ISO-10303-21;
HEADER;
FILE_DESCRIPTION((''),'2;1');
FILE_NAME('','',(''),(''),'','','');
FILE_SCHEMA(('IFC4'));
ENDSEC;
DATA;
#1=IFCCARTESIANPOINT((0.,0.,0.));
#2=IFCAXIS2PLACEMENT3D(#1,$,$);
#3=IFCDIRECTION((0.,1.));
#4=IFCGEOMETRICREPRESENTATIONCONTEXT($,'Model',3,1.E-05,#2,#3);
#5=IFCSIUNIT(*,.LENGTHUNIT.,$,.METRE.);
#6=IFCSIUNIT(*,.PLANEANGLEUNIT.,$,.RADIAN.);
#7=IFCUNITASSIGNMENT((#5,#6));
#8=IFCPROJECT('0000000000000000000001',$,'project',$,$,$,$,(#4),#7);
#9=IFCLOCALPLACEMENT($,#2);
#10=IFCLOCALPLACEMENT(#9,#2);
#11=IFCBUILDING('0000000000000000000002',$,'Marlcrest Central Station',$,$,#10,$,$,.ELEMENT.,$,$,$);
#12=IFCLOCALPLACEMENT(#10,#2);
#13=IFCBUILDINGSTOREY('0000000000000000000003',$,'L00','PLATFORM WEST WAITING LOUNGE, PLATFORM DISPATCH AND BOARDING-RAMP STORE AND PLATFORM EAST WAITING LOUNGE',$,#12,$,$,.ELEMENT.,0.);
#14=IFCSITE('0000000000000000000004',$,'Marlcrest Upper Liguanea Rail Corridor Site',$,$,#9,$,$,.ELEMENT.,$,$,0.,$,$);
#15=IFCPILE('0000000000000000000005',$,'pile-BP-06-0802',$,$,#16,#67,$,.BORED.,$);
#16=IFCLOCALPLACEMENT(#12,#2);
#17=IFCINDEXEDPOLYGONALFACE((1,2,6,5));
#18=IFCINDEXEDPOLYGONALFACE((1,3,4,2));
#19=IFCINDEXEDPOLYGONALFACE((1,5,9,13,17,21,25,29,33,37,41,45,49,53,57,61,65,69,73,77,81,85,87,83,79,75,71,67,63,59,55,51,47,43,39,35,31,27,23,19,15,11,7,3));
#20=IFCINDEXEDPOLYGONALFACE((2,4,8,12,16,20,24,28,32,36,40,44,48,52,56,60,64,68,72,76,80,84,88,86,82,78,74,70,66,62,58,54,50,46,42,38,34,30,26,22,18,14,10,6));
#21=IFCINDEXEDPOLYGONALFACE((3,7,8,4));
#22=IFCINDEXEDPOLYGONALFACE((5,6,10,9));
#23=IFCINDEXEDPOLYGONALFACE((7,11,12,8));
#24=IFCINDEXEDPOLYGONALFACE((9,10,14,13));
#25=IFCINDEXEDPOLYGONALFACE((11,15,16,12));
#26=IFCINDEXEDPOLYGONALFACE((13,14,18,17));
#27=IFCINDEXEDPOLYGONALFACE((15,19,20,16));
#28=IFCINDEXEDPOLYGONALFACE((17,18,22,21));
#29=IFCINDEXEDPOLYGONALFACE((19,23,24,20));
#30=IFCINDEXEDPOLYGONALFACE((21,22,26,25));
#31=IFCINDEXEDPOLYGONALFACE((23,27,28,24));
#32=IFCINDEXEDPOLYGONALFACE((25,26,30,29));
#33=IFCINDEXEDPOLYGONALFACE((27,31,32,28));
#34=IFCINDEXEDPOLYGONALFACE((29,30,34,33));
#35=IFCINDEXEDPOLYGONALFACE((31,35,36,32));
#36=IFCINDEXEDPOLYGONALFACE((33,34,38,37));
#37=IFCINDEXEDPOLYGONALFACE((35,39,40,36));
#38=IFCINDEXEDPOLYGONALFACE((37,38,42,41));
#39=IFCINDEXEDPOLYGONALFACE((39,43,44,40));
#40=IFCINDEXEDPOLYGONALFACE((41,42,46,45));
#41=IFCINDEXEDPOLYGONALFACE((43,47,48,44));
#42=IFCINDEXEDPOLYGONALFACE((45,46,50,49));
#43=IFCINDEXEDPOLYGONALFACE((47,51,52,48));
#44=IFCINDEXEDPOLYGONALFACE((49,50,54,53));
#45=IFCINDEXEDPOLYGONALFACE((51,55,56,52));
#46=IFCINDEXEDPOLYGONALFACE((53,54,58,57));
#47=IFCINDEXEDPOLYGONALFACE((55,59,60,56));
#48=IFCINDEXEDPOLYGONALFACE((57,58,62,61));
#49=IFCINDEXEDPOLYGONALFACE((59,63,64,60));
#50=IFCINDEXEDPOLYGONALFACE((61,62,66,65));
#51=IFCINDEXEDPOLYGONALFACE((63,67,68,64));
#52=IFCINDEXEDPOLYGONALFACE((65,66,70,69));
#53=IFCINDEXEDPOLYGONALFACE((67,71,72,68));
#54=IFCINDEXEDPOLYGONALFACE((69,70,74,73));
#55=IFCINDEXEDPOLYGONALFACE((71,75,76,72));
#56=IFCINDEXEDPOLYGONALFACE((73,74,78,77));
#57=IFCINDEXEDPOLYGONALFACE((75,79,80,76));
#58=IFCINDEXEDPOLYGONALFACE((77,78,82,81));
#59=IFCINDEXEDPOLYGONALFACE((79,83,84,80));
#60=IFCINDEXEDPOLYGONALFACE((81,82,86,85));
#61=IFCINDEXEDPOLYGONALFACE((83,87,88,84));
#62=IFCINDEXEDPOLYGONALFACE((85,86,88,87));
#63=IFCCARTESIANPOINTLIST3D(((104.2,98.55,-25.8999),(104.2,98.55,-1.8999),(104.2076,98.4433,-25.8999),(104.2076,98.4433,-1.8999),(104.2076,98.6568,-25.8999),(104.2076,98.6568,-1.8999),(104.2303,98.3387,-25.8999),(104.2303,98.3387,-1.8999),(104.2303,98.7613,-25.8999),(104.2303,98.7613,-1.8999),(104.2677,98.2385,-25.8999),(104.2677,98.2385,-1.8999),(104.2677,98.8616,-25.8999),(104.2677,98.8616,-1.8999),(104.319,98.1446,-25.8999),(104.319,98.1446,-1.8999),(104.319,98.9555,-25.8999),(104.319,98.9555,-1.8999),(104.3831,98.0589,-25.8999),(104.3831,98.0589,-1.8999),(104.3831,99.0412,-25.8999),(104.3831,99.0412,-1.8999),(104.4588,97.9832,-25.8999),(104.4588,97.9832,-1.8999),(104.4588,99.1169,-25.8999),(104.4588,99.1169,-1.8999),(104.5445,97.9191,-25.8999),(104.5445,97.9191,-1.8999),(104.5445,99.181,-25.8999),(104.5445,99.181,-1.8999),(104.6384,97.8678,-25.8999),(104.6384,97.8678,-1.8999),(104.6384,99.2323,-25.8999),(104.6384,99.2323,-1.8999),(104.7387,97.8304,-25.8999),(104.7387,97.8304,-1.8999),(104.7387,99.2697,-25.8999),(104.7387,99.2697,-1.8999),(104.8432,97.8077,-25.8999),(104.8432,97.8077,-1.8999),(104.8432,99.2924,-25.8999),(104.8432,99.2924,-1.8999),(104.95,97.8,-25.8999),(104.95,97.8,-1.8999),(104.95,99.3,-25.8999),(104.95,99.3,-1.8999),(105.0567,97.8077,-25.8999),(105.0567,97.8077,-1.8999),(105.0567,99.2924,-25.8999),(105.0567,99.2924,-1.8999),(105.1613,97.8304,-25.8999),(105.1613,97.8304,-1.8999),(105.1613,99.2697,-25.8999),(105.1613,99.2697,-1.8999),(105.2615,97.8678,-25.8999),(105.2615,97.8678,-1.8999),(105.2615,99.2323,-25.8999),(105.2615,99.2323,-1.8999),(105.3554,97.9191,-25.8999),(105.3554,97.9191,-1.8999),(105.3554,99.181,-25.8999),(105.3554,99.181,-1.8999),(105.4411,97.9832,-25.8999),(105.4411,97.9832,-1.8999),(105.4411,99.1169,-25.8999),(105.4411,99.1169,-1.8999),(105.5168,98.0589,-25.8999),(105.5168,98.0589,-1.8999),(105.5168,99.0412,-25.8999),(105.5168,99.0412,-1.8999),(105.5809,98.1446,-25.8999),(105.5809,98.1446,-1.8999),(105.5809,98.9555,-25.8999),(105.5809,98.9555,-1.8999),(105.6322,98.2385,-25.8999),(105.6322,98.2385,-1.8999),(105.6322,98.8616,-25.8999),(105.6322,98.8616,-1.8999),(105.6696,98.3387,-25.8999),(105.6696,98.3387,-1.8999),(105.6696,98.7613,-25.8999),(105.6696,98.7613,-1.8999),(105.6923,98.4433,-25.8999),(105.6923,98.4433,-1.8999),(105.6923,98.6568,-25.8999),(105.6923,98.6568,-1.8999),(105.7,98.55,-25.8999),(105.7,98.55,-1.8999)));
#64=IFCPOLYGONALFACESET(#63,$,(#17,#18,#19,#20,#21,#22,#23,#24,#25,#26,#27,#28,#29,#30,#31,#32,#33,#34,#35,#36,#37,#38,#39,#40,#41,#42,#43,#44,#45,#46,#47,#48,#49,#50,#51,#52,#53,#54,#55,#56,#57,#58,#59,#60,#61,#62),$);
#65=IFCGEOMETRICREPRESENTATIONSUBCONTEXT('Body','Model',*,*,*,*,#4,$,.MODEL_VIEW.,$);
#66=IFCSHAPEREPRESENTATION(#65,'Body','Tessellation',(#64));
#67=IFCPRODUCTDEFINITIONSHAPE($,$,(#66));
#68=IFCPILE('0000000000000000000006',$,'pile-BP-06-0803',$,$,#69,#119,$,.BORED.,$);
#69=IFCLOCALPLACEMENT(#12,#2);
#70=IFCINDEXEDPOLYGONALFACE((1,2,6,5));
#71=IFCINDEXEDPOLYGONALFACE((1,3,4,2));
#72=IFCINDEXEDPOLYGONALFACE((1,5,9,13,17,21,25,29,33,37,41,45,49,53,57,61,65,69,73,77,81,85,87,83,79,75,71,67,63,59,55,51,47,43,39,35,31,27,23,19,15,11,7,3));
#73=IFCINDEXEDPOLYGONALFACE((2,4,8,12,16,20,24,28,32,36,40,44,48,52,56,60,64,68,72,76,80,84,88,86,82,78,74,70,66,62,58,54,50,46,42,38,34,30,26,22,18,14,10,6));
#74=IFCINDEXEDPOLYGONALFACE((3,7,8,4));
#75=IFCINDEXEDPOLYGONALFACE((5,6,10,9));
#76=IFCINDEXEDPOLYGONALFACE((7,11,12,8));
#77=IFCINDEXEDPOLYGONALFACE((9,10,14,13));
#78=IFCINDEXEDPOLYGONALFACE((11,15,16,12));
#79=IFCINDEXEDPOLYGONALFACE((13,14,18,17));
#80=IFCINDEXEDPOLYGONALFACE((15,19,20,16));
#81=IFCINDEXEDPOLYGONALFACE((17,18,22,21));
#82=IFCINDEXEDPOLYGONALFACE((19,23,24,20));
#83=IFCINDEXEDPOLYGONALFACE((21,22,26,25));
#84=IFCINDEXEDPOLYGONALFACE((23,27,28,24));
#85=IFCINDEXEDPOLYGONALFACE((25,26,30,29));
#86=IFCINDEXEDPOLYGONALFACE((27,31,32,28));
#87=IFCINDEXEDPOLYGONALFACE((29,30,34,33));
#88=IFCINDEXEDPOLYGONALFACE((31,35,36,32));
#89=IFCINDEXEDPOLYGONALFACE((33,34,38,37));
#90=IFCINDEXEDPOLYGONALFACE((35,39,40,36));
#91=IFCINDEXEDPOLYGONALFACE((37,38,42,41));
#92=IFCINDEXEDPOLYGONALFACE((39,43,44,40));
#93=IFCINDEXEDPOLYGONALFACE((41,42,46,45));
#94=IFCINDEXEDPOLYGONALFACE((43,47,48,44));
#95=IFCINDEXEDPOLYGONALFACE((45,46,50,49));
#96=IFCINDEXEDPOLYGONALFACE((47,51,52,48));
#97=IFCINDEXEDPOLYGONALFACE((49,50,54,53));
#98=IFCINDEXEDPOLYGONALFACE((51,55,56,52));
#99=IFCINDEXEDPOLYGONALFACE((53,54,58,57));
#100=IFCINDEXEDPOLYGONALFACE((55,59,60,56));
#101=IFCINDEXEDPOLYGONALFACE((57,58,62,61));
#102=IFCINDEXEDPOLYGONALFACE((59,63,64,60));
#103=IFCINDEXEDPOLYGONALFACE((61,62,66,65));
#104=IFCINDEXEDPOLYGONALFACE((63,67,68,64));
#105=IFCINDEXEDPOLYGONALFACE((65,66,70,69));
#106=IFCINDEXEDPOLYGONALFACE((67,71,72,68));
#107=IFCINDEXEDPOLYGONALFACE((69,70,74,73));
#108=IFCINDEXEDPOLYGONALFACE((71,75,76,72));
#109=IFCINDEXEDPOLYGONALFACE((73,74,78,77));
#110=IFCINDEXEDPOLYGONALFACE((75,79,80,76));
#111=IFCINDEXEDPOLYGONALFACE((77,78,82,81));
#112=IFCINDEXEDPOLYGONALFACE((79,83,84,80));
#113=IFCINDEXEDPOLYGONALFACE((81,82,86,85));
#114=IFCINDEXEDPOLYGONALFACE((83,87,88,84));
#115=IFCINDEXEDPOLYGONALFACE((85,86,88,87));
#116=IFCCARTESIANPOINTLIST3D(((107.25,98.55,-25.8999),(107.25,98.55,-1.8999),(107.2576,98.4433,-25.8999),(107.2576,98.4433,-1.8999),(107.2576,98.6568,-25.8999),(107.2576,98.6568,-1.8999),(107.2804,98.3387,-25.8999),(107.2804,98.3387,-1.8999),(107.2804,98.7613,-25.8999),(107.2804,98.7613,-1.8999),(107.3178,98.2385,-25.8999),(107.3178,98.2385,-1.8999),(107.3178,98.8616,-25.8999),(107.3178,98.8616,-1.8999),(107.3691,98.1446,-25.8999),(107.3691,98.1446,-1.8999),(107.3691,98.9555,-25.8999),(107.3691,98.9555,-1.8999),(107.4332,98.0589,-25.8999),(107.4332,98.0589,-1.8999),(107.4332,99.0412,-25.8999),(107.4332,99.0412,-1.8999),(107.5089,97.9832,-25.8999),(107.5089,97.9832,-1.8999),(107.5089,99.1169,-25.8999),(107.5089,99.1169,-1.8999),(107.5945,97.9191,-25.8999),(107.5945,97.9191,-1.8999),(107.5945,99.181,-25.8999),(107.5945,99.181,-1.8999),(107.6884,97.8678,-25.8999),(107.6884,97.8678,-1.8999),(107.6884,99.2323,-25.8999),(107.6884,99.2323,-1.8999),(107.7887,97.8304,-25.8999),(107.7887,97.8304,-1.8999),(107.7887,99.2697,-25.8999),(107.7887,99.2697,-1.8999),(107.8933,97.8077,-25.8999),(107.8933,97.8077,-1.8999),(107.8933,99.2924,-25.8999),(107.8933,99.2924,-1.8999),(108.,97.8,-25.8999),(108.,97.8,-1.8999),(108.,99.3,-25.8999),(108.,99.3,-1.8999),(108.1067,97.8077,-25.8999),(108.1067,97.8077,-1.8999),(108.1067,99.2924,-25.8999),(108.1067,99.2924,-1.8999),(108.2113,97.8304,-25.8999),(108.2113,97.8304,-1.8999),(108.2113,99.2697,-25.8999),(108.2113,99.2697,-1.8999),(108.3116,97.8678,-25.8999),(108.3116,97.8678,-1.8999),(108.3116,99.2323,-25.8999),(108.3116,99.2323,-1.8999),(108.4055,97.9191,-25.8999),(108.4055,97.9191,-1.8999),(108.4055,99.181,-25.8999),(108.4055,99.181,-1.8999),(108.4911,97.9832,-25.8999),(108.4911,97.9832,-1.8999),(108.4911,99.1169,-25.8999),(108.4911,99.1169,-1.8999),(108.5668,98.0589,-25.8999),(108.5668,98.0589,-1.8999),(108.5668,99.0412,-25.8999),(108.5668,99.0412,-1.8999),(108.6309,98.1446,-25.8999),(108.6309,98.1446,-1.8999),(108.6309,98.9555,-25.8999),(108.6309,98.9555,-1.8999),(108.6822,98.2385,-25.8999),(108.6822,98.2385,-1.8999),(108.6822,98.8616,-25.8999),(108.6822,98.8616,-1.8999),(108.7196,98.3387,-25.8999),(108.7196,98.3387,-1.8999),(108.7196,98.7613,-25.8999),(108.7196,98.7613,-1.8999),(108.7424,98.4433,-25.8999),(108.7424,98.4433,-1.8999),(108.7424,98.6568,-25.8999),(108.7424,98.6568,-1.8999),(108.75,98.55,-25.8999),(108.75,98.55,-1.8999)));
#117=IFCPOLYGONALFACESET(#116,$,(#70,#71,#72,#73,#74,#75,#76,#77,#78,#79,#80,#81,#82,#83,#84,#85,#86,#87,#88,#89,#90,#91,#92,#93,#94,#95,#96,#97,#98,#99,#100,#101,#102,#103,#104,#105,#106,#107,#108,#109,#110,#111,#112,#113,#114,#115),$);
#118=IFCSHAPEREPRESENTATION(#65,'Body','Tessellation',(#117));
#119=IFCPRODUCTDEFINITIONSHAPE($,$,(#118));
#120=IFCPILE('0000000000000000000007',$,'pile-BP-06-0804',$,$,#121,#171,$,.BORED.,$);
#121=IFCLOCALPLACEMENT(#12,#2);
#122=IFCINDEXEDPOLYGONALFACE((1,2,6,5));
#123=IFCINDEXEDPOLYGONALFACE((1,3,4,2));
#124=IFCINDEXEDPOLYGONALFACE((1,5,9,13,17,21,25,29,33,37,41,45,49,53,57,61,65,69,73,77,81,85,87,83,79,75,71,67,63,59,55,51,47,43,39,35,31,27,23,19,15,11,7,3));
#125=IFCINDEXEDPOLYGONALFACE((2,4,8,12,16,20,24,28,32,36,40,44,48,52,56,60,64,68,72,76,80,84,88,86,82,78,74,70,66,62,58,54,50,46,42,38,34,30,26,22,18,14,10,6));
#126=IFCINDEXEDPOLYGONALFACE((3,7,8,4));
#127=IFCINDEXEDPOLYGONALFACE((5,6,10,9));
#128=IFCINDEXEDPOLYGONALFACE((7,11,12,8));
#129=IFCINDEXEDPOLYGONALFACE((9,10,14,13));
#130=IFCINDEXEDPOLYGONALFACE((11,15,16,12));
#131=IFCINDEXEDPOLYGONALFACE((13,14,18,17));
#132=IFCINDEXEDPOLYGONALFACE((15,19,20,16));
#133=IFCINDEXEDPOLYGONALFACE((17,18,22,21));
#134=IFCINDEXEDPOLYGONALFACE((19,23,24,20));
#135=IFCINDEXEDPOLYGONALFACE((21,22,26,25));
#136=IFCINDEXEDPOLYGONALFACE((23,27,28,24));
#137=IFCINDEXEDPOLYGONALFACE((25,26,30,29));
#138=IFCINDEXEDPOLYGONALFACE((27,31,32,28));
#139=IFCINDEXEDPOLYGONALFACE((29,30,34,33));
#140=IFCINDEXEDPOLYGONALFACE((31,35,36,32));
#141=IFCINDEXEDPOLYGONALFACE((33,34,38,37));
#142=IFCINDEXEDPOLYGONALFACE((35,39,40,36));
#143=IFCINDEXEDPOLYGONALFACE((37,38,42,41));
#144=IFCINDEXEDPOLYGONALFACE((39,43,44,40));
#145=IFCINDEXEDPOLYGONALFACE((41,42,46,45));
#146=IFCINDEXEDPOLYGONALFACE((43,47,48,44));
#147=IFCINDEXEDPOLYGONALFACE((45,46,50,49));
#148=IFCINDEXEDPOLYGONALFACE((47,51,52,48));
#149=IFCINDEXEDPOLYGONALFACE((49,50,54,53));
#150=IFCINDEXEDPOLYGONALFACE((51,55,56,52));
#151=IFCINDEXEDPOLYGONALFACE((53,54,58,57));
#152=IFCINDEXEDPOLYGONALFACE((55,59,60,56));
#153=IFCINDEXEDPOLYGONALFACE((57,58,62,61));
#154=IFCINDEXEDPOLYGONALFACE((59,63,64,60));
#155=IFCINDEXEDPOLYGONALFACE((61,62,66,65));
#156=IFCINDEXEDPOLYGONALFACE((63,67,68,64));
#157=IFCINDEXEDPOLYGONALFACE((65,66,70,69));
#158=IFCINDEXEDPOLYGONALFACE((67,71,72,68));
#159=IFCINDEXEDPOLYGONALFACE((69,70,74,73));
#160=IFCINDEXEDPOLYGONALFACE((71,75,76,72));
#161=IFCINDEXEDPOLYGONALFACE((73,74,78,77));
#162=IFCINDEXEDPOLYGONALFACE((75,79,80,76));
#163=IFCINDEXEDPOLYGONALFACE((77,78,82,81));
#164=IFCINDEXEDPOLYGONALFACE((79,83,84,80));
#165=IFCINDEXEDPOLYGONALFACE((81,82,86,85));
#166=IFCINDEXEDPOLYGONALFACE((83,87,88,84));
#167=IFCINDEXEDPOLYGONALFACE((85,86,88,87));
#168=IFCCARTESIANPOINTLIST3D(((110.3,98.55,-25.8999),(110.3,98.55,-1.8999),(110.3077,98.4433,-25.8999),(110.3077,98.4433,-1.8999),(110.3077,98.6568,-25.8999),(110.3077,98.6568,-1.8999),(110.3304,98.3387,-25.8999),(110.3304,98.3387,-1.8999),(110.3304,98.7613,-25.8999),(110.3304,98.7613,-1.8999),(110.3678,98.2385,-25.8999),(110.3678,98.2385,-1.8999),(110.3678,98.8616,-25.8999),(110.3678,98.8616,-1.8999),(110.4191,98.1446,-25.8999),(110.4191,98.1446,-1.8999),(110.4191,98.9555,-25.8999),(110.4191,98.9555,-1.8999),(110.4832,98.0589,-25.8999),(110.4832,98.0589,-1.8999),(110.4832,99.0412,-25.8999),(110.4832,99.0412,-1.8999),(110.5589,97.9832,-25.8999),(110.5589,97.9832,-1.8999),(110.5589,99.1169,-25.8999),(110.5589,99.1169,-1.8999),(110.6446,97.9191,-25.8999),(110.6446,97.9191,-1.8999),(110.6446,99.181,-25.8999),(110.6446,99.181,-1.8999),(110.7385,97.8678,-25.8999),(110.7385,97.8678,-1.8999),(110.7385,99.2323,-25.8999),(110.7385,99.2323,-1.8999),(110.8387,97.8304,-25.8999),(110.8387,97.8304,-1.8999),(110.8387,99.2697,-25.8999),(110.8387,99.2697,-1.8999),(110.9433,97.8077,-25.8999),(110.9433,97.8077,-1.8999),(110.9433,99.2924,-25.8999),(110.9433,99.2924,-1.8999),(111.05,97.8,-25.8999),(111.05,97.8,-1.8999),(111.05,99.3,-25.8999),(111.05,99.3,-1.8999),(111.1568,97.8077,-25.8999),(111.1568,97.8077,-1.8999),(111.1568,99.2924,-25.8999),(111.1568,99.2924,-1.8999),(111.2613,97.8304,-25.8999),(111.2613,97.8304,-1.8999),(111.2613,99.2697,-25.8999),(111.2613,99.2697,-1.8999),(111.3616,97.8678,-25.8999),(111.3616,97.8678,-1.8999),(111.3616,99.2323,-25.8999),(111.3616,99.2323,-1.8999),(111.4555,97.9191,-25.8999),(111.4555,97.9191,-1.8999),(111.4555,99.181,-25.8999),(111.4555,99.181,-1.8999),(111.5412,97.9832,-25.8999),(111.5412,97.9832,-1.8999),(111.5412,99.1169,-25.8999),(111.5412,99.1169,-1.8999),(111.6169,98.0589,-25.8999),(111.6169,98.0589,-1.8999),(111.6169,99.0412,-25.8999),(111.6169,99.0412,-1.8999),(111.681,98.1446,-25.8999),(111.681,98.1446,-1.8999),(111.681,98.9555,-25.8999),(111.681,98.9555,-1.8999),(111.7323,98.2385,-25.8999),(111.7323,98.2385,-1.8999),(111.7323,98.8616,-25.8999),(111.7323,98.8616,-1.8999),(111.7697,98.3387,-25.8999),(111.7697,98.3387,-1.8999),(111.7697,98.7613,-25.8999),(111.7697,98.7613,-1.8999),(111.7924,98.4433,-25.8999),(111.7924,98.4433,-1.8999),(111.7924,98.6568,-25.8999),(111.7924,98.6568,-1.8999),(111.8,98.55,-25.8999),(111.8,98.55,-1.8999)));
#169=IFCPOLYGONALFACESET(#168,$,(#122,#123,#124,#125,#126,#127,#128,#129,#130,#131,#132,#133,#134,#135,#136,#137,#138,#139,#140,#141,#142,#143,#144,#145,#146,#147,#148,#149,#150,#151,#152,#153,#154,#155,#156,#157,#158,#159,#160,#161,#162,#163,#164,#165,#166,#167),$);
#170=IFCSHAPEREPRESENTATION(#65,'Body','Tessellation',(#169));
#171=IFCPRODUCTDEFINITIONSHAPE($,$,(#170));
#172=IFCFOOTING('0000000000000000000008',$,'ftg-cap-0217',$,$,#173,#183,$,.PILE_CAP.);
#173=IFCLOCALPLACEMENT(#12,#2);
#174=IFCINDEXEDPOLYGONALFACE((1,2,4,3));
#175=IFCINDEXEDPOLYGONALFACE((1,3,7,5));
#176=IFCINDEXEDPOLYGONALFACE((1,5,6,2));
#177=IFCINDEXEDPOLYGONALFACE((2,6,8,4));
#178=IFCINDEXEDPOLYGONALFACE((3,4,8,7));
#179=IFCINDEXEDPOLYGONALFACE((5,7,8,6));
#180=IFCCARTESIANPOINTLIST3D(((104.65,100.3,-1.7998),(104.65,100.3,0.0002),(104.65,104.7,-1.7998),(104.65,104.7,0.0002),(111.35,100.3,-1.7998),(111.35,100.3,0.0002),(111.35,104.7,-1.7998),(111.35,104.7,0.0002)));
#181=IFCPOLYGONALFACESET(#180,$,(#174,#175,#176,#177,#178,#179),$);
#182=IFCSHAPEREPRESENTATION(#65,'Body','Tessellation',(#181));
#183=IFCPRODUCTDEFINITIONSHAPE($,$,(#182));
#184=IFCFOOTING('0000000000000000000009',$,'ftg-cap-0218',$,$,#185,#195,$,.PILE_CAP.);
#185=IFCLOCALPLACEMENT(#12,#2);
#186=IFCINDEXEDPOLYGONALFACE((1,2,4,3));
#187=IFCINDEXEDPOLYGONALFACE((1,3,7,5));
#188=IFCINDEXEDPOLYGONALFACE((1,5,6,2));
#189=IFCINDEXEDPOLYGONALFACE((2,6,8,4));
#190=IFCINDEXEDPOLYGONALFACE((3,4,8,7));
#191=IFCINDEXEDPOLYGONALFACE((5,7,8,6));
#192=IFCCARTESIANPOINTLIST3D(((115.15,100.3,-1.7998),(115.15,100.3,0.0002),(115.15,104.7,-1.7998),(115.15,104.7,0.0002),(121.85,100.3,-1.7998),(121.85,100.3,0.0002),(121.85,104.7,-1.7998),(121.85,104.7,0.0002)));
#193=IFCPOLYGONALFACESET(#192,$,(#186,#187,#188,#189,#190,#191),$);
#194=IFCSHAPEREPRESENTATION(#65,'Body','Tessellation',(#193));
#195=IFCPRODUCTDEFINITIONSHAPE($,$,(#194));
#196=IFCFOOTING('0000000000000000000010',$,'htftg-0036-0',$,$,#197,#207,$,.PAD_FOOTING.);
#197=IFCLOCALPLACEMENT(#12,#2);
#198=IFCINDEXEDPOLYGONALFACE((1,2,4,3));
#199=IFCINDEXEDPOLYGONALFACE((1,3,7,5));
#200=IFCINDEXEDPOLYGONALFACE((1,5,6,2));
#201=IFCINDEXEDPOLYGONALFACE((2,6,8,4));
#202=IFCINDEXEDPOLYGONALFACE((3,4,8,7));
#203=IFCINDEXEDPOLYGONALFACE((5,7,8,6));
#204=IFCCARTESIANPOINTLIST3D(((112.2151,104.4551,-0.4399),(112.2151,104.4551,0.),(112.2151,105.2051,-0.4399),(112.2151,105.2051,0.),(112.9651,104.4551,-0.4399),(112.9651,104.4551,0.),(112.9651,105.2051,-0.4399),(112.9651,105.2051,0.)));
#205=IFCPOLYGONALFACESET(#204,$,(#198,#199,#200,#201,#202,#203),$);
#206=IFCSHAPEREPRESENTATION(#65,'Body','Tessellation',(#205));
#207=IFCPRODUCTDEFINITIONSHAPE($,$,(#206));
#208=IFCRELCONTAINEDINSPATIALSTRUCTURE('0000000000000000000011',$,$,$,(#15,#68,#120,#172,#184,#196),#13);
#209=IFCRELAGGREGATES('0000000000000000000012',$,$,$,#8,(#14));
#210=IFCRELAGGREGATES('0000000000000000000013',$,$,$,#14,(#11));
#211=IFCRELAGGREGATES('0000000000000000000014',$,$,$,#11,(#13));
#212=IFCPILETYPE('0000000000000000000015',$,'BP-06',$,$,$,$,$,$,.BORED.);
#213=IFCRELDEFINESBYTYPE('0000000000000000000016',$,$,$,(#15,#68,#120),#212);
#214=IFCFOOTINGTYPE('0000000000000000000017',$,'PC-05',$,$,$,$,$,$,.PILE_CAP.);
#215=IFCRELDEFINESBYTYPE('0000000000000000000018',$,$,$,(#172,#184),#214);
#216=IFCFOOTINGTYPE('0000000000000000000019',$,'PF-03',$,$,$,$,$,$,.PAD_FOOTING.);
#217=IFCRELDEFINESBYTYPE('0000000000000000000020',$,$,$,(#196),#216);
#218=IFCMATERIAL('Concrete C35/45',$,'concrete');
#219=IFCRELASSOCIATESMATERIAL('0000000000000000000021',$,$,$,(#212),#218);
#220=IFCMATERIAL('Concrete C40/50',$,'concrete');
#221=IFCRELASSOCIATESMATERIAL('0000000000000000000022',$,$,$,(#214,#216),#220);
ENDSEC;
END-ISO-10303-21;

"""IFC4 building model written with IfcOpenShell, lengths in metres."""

from ifc_helpers import new_model, si_unit, direction, frame, origin, origin_2d, place, context, subcontext, project, spatial, rectangle, circle, extrude, material, material_profile, profile_set, type_object, element, save


model = new_model("IFC4")

# Units and contexts
model_context = context("Model", 3, precision=1e-05, world=origin(), true_north=direction((0.0, 1.0)))
body_context = subcontext(model_context, "Body", "Model", "MODEL_VIEW")
ifc_project = project(units=[si_unit("LENGTHUNIT", "METRE"), si_unit("PLANEANGLEUNIT", "RADIAN")], contexts=[model_context])

# Site, building, storey
site_placement = place(None, origin())
site = spatial("IfcSite", under=ifc_project, at=site_placement, Name="Marlcrest Upper Liguanea Rail Corridor Site", CompositionType="ELEMENT", RefElevation=0.0)
building_placement = place(site_placement, origin())
building = spatial("IfcBuilding", under=site, at=building_placement, Name="Marlcrest Central Station", CompositionType="ELEMENT")
storey_placement = place(building_placement, origin())
storey = spatial("IfcBuildingStorey", under=building, at=storey_placement, Name="L00", Description="PLATFORM WEST WAITING LOUNGE, PLATFORM DISPATCH AND BOARDING-RAMP STORE AND PLATFORM EAST WAITING LOUNGE", CompositionType="ELEMENT", Elevation=0.0)

# Piles
ifc_material_1 = material(Name="Concrete C35/45", Category="concrete")
ifc_material_profile_1 = material_profile(ifc_material_1, circle(Radius=0.75, at=origin_2d()), Name="PILE D1500")
ifc_profile_set_1 = profile_set([ifc_material_profile_1], Name="Concrete C35/45")
pile_type_1 = type_object("IfcPileType", Name="BP-06", PredefinedType="BORED", material=ifc_profile_set_1)
for number, where, z_axis, x_axis, name in (
    (1, (104.95, 98.55, -1.8999), (0.0, 0.0, -1.0), (1.0, 0.0, 0.0), "pile-BP-06-0802"),
    (2, (108.0, 98.55, -1.8999), (0.0, 0.0, -1.0), (1.0, 0.0, 0.0), "pile-BP-06-0803"),
    (3, (111.05, 98.55, -1.8999), (0.0, 0.0, -1.0), (1.0, 0.0, 0.0), "pile-BP-06-0804"),
):
    element("IfcPile", number, at=place(storey_placement, frame(where, z_axis=z_axis, x_axis=x_axis)), inside=storey, type_object=pile_type_1, Name=name, PredefinedType="BORED", context=body_context, shape_type="SweptSolid", body=[
        extrude(circle(Radius=0.75, at=origin_2d()), origin(), (0.0, 0.0, 1.0), 24.0),
    ])

# Footings
ifc_material_2 = material(Name="Concrete C40/50", Category="concrete")
footing_type_1 = type_object("IfcFootingType", Name="PC-05", PredefinedType="PILE_CAP", material=ifc_material_2)
for number, where, z_axis, x_axis, name in (
    (4, (108.0, 102.5, -1.7998), (0.0, 0.0, 1.0), (1.0, 0.0, 0.0), "ftg-cap-0217"),
    (5, (118.5, 102.5, -1.7998), (0.0, 0.0, 1.0), (1.0, 0.0, 0.0), "ftg-cap-0218"),
):
    element("IfcFooting", number, at=place(storey_placement, frame(where, z_axis=z_axis, x_axis=x_axis)), inside=storey, type_object=footing_type_1, Name=name, PredefinedType="PILE_CAP", context=body_context, shape_type="SweptSolid", body=[
        extrude(rectangle(XDim=6.7, YDim=4.3999, at=origin_2d()), origin(), (0.0, 0.0, 1.0), 1.8),
    ])
footing_type_2 = type_object("IfcFootingType", Name="PF-03", PredefinedType="PAD_FOOTING", material=ifc_material_2)
footing_placement = place(storey_placement, frame((112.5901, 104.8301, -0.4399), z_axis=(0.0, 0.0, 1.0), x_axis=(1.0, 0.0, 0.0)))
element("IfcFooting", 6, at=footing_placement, inside=storey, type_object=footing_type_2, Name="htftg-0036-0", PredefinedType="PAD_FOOTING", context=body_context, shape_type="SweptSolid", body=[
    extrude(rectangle(XDim=0.75, YDim=0.75, at=origin_2d()), origin(), (0.0, 0.0, 1.0), 0.4399),
])

save(model, "model.ifc")
